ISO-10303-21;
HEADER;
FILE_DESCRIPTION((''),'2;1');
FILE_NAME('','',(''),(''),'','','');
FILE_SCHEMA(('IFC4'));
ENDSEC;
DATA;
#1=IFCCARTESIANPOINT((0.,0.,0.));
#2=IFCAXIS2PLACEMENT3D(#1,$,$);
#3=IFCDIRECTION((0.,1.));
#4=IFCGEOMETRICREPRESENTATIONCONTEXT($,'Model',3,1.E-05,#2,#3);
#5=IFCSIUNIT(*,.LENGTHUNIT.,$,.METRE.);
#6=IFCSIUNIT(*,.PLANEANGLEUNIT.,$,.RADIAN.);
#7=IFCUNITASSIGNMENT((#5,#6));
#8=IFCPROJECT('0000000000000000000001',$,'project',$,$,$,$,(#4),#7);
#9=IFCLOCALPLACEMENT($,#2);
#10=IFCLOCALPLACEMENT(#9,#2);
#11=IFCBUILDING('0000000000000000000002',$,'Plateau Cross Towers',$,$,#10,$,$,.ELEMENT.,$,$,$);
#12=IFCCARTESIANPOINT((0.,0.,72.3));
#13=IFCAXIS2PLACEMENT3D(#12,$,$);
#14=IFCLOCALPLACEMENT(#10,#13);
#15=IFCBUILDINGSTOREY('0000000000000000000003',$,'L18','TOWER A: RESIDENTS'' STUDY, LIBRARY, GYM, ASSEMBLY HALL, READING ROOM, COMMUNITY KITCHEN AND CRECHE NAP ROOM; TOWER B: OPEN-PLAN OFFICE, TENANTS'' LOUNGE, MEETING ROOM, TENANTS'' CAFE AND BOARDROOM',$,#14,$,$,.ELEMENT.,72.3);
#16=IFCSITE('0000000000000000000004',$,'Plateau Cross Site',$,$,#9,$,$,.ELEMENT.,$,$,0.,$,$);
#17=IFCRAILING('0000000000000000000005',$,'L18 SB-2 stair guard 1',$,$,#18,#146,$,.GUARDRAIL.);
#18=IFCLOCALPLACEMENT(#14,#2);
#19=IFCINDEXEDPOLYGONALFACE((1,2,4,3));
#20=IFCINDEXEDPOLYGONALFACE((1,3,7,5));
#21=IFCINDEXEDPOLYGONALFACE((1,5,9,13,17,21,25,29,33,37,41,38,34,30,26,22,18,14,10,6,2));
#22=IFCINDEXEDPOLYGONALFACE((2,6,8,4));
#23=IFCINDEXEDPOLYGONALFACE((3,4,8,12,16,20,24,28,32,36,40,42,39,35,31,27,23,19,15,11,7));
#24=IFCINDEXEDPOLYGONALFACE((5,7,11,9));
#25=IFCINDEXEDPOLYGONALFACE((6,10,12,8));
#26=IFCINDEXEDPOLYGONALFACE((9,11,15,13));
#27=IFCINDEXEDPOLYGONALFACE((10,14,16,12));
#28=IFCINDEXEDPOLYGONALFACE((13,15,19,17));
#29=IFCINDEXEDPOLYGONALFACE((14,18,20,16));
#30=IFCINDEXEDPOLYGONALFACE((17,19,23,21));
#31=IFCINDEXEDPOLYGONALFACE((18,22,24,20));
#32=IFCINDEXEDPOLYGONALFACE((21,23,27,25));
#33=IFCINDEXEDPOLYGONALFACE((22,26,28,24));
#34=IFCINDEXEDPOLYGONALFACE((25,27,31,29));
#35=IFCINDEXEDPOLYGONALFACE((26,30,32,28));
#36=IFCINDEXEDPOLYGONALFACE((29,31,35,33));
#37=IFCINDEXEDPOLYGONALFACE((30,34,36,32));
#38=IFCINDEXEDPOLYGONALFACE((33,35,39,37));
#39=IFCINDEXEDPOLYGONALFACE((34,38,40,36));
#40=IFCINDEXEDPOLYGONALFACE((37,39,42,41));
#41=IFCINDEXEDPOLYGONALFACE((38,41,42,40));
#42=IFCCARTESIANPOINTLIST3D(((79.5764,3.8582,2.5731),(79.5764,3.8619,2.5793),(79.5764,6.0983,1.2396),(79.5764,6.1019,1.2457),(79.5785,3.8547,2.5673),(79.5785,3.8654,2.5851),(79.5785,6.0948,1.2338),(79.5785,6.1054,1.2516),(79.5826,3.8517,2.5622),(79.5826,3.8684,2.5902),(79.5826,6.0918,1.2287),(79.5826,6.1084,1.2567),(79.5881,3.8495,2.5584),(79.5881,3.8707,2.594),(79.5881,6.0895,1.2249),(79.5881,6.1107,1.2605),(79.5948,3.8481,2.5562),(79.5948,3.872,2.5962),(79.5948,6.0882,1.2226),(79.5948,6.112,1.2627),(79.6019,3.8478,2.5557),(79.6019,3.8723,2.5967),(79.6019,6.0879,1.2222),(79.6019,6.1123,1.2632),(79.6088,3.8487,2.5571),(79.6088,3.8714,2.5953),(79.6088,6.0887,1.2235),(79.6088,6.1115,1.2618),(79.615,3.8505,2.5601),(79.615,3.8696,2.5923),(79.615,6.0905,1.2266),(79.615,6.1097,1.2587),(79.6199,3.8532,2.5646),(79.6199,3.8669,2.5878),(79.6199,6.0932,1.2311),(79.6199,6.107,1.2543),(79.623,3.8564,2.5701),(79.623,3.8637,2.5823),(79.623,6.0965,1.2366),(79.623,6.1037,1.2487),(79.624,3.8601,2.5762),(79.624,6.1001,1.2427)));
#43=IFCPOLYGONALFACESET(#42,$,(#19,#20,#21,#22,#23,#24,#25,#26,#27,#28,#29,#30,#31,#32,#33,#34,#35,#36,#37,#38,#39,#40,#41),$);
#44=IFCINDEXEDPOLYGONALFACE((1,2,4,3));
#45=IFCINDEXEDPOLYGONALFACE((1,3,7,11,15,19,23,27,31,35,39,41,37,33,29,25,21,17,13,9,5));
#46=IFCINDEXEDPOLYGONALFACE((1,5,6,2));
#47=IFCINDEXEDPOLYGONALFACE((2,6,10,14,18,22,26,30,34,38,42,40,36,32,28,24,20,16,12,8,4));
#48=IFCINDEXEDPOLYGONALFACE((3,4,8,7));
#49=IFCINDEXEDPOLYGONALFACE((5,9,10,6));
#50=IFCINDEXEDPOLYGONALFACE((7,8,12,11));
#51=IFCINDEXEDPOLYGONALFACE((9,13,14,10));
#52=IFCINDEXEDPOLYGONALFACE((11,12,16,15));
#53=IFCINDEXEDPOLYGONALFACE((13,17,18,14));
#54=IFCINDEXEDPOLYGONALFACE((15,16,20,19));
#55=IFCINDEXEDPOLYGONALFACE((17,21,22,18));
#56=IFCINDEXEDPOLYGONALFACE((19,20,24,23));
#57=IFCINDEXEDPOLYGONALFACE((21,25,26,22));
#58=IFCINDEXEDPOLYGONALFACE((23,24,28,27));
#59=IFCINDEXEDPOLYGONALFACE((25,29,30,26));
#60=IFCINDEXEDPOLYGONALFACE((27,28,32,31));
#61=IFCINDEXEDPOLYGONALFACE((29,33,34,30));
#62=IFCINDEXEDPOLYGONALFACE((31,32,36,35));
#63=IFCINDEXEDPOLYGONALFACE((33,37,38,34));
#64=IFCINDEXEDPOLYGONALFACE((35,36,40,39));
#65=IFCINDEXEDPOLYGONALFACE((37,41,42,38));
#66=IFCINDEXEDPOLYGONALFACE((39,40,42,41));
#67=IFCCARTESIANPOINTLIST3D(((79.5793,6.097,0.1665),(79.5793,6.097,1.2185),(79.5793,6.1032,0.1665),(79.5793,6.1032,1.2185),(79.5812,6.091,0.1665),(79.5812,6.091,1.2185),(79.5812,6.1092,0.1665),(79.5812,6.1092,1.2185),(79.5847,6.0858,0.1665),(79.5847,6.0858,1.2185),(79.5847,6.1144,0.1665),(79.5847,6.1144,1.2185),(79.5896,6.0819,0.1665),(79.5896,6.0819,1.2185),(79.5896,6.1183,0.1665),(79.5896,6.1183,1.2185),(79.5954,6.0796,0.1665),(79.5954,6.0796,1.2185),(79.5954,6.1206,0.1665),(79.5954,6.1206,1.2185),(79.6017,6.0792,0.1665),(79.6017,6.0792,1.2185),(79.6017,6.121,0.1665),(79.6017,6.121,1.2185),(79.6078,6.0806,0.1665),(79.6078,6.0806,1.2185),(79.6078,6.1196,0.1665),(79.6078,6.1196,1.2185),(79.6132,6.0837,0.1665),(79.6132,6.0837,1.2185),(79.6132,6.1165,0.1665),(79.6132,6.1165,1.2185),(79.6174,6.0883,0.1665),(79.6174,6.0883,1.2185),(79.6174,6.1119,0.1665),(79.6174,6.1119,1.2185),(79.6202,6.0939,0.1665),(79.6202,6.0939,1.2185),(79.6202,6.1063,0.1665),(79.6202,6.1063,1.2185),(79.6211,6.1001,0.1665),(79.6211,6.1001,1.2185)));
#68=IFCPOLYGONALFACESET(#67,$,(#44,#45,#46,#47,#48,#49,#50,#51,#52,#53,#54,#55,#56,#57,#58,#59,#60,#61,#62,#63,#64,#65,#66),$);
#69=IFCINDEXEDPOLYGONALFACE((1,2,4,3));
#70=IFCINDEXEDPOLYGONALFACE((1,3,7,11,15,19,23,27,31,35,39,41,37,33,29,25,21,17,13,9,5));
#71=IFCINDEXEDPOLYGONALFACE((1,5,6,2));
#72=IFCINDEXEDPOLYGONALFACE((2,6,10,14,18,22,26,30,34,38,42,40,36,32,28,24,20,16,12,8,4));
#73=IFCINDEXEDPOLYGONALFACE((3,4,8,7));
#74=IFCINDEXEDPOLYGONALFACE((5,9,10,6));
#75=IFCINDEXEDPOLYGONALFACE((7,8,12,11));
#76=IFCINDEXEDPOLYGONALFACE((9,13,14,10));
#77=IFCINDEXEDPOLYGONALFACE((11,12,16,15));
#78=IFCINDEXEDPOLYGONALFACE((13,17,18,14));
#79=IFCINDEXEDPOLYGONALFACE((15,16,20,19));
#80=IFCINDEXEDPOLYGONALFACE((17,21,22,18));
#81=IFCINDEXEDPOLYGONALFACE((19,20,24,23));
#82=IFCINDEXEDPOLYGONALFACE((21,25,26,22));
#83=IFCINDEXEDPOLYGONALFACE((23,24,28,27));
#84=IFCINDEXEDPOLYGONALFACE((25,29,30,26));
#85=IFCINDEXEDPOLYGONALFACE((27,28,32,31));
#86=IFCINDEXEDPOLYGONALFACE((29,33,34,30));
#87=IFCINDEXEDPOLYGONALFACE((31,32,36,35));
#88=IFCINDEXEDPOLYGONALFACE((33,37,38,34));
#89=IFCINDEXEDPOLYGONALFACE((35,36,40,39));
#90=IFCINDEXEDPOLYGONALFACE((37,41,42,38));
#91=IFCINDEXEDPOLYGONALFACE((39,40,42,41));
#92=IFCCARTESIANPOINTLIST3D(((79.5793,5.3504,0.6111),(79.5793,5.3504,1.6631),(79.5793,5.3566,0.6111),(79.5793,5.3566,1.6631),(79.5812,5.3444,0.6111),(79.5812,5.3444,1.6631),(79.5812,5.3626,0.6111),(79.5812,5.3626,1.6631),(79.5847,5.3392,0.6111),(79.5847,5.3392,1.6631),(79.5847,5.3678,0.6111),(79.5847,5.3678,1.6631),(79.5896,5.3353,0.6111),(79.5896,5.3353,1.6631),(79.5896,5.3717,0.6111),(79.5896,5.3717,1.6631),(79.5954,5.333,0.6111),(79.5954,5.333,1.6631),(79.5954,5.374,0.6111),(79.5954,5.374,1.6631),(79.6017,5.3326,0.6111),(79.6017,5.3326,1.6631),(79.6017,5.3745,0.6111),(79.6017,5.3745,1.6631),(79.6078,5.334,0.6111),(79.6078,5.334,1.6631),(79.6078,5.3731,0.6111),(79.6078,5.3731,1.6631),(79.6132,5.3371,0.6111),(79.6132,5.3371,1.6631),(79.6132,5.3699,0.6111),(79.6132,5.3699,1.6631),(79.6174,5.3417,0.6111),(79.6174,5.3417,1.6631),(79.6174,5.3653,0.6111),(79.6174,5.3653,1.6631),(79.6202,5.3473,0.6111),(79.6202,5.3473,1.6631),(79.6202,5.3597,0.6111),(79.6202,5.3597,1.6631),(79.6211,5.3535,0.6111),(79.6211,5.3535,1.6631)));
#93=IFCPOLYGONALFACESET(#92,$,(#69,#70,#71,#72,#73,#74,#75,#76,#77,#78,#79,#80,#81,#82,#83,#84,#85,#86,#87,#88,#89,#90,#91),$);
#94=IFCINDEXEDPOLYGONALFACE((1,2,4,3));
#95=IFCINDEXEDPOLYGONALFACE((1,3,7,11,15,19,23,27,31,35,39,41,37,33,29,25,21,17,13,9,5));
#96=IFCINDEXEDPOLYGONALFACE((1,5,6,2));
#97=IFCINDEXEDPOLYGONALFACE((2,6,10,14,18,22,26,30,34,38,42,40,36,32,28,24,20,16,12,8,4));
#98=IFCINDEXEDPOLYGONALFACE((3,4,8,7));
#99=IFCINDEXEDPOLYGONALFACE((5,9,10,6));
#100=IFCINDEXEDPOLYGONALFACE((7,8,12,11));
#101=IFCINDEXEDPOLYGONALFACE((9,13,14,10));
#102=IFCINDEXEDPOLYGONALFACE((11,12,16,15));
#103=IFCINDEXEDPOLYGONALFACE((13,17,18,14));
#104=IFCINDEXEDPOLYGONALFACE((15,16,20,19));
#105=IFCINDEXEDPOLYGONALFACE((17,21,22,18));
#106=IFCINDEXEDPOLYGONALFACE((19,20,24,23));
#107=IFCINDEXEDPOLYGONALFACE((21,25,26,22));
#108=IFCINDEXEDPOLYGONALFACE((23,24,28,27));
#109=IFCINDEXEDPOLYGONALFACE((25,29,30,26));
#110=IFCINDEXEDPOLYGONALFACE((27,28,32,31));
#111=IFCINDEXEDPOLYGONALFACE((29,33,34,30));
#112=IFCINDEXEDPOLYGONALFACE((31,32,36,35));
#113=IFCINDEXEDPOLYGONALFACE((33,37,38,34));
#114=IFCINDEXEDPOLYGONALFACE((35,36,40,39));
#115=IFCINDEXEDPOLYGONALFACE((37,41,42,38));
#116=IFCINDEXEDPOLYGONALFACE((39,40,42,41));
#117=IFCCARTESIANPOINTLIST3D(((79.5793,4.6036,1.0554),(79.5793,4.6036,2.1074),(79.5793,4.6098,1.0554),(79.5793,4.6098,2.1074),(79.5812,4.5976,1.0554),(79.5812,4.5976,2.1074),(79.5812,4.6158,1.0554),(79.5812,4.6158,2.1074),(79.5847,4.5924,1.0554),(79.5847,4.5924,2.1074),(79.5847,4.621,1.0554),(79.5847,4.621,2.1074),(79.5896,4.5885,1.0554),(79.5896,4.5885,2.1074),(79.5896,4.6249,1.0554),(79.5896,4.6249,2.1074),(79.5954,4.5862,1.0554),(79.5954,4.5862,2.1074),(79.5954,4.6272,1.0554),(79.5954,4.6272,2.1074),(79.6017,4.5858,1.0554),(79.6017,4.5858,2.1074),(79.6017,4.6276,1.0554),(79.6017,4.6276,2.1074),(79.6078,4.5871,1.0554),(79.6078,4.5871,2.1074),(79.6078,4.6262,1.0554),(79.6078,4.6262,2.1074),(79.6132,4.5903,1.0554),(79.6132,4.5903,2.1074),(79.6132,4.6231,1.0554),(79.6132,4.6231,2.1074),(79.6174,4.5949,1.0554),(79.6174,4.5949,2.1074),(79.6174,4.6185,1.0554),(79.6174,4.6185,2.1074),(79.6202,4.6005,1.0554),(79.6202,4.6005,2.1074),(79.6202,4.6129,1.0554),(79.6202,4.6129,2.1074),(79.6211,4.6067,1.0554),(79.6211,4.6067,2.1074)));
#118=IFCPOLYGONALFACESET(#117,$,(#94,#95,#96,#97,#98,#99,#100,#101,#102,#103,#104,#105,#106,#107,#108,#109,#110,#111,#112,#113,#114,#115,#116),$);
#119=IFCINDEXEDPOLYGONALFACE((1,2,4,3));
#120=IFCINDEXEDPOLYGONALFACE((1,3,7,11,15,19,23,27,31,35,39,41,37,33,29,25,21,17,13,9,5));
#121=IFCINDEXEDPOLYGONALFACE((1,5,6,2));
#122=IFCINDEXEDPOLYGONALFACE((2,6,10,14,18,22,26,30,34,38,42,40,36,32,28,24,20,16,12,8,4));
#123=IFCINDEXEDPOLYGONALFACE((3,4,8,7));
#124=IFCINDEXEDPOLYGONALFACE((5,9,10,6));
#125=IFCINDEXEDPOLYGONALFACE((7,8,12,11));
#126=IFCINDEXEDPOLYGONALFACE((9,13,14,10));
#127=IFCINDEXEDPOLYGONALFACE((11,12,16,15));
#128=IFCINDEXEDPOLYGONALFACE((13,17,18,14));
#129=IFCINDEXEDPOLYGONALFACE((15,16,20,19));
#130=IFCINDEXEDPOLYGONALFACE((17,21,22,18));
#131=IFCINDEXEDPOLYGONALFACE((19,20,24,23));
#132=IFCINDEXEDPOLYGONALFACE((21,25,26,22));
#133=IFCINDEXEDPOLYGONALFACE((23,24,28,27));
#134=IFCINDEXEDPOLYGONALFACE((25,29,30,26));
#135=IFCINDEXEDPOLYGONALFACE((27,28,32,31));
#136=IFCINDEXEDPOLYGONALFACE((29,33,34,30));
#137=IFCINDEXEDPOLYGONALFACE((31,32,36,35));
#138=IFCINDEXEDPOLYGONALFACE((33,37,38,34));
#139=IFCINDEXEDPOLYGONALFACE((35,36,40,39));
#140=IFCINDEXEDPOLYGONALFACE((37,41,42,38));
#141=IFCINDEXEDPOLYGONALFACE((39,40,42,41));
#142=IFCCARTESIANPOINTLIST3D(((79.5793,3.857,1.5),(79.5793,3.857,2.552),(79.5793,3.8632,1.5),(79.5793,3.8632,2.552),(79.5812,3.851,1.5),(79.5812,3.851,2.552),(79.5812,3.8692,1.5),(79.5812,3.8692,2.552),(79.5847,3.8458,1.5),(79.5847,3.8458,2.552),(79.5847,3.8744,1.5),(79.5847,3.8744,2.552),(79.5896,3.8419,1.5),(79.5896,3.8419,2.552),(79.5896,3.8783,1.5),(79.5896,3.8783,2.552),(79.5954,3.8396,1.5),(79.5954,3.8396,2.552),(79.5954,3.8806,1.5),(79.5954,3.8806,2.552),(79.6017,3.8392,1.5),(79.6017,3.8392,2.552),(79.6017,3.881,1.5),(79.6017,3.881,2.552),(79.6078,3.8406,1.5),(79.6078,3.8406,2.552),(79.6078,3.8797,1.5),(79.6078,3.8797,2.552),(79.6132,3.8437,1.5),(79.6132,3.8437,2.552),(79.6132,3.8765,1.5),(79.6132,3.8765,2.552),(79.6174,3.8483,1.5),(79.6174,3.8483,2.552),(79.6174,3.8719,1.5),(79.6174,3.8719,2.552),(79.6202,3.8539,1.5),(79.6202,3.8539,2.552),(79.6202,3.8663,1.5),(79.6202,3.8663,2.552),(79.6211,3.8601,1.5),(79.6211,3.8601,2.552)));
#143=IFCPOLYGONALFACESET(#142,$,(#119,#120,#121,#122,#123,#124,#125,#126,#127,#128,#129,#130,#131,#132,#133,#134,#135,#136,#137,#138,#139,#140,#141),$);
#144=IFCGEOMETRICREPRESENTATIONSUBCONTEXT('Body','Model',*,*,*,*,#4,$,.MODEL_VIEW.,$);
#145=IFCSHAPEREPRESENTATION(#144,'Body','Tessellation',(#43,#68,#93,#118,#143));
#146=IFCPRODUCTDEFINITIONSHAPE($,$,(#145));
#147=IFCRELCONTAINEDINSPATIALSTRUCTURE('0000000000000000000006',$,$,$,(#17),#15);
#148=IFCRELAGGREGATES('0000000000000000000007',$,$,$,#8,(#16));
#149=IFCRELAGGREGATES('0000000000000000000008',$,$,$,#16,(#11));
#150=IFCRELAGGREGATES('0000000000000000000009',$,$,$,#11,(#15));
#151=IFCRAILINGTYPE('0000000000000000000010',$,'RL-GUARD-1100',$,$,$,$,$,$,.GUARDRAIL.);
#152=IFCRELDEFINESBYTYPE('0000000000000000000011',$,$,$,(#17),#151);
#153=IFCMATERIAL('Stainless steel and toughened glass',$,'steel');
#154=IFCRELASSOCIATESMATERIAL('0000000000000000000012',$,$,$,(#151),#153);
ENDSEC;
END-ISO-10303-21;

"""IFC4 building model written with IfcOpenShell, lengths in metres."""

from ifc_helpers import new_model, si_unit, direction, frame, origin, origin_2d, place, context, subcontext, project, spatial, circle, extrude, material, type_object, element, save


model = new_model("IFC4")

# Units and contexts
model_context = context("Model", 3, precision=1e-05, world=origin(), true_north=direction((0.0, 1.0)))
body_context = subcontext(model_context, "Body", "Model", "MODEL_VIEW")
ifc_project = project(units=[si_unit("LENGTHUNIT", "METRE"), si_unit("PLANEANGLEUNIT", "RADIAN")], contexts=[model_context])

# Site, building, storey
site_placement = place(None, origin())
site = spatial("IfcSite", under=ifc_project, at=site_placement, Name="Plateau Cross Site", CompositionType="ELEMENT", RefElevation=0.0)
building_placement = place(site_placement, origin())
building = spatial("IfcBuilding", under=site, at=building_placement, Name="Plateau Cross Towers", CompositionType="ELEMENT")
storey_placement = place(building_placement, frame((0.0, 0.0, 72.3)))
storey = spatial("IfcBuildingStorey", under=building, at=storey_placement, Name="L18", Description="TOWER A: RESIDENTS' STUDY, LIBRARY, GYM, ASSEMBLY HALL, READING ROOM, COMMUNITY KITCHEN AND CRECHE NAP ROOM; TOWER B: OPEN-PLAN OFFICE, TENANTS' LOUNGE, MEETING ROOM, TENANTS' CAFE AND BOARDROOM", CompositionType="ELEMENT", Elevation=72.3)

# Railing
ifc_material_1 = material(Name="Stainless steel and toughened glass", Category="steel")
railing_type_1 = type_object("IfcRailingType", Name="RL-GUARD-1100", PredefinedType="GUARDRAIL", material=ifc_material_1)
railing_1_placement = place(storey_placement, frame((79.6001, 6.1001, 0.1665)))
element("IfcRailing", 1, at=railing_1_placement, inside=storey, type_object=railing_type_1, Name="L18 SB-2 stair guard 1", PredefinedType="GUARDRAIL", context=body_context, shape_type="SweptSolid", body=[
    extrude(circle(Radius=0.0239, at=origin_2d()), frame((0.0, 0.0, 1.0762), z_axis=(0.0, -0.859264, 0.511532), x_axis=(1.0, 0.0, 0.0)), (0.0, 0.0, 1.0), 2.6069),
    extrude(circle(Radius=0.021, at=origin_2d()), origin(), (0.0, 0.0, 1.0), 1.052),
    extrude(circle(Radius=0.021, at=origin_2d()), frame((0.0, -0.7466, 0.4446)), (0.0, 0.0, 1.0), 1.052),
    extrude(circle(Radius=0.021, at=origin_2d()), frame((0.0, -1.4934, 0.8889)), (0.0, 0.0, 1.0), 1.052),
    extrude(circle(Radius=0.021, at=origin_2d()), frame((0.0, -2.24, 1.3335)), (0.0, 0.0, 1.0), 1.052),
])

save(model, "model.ifc")
